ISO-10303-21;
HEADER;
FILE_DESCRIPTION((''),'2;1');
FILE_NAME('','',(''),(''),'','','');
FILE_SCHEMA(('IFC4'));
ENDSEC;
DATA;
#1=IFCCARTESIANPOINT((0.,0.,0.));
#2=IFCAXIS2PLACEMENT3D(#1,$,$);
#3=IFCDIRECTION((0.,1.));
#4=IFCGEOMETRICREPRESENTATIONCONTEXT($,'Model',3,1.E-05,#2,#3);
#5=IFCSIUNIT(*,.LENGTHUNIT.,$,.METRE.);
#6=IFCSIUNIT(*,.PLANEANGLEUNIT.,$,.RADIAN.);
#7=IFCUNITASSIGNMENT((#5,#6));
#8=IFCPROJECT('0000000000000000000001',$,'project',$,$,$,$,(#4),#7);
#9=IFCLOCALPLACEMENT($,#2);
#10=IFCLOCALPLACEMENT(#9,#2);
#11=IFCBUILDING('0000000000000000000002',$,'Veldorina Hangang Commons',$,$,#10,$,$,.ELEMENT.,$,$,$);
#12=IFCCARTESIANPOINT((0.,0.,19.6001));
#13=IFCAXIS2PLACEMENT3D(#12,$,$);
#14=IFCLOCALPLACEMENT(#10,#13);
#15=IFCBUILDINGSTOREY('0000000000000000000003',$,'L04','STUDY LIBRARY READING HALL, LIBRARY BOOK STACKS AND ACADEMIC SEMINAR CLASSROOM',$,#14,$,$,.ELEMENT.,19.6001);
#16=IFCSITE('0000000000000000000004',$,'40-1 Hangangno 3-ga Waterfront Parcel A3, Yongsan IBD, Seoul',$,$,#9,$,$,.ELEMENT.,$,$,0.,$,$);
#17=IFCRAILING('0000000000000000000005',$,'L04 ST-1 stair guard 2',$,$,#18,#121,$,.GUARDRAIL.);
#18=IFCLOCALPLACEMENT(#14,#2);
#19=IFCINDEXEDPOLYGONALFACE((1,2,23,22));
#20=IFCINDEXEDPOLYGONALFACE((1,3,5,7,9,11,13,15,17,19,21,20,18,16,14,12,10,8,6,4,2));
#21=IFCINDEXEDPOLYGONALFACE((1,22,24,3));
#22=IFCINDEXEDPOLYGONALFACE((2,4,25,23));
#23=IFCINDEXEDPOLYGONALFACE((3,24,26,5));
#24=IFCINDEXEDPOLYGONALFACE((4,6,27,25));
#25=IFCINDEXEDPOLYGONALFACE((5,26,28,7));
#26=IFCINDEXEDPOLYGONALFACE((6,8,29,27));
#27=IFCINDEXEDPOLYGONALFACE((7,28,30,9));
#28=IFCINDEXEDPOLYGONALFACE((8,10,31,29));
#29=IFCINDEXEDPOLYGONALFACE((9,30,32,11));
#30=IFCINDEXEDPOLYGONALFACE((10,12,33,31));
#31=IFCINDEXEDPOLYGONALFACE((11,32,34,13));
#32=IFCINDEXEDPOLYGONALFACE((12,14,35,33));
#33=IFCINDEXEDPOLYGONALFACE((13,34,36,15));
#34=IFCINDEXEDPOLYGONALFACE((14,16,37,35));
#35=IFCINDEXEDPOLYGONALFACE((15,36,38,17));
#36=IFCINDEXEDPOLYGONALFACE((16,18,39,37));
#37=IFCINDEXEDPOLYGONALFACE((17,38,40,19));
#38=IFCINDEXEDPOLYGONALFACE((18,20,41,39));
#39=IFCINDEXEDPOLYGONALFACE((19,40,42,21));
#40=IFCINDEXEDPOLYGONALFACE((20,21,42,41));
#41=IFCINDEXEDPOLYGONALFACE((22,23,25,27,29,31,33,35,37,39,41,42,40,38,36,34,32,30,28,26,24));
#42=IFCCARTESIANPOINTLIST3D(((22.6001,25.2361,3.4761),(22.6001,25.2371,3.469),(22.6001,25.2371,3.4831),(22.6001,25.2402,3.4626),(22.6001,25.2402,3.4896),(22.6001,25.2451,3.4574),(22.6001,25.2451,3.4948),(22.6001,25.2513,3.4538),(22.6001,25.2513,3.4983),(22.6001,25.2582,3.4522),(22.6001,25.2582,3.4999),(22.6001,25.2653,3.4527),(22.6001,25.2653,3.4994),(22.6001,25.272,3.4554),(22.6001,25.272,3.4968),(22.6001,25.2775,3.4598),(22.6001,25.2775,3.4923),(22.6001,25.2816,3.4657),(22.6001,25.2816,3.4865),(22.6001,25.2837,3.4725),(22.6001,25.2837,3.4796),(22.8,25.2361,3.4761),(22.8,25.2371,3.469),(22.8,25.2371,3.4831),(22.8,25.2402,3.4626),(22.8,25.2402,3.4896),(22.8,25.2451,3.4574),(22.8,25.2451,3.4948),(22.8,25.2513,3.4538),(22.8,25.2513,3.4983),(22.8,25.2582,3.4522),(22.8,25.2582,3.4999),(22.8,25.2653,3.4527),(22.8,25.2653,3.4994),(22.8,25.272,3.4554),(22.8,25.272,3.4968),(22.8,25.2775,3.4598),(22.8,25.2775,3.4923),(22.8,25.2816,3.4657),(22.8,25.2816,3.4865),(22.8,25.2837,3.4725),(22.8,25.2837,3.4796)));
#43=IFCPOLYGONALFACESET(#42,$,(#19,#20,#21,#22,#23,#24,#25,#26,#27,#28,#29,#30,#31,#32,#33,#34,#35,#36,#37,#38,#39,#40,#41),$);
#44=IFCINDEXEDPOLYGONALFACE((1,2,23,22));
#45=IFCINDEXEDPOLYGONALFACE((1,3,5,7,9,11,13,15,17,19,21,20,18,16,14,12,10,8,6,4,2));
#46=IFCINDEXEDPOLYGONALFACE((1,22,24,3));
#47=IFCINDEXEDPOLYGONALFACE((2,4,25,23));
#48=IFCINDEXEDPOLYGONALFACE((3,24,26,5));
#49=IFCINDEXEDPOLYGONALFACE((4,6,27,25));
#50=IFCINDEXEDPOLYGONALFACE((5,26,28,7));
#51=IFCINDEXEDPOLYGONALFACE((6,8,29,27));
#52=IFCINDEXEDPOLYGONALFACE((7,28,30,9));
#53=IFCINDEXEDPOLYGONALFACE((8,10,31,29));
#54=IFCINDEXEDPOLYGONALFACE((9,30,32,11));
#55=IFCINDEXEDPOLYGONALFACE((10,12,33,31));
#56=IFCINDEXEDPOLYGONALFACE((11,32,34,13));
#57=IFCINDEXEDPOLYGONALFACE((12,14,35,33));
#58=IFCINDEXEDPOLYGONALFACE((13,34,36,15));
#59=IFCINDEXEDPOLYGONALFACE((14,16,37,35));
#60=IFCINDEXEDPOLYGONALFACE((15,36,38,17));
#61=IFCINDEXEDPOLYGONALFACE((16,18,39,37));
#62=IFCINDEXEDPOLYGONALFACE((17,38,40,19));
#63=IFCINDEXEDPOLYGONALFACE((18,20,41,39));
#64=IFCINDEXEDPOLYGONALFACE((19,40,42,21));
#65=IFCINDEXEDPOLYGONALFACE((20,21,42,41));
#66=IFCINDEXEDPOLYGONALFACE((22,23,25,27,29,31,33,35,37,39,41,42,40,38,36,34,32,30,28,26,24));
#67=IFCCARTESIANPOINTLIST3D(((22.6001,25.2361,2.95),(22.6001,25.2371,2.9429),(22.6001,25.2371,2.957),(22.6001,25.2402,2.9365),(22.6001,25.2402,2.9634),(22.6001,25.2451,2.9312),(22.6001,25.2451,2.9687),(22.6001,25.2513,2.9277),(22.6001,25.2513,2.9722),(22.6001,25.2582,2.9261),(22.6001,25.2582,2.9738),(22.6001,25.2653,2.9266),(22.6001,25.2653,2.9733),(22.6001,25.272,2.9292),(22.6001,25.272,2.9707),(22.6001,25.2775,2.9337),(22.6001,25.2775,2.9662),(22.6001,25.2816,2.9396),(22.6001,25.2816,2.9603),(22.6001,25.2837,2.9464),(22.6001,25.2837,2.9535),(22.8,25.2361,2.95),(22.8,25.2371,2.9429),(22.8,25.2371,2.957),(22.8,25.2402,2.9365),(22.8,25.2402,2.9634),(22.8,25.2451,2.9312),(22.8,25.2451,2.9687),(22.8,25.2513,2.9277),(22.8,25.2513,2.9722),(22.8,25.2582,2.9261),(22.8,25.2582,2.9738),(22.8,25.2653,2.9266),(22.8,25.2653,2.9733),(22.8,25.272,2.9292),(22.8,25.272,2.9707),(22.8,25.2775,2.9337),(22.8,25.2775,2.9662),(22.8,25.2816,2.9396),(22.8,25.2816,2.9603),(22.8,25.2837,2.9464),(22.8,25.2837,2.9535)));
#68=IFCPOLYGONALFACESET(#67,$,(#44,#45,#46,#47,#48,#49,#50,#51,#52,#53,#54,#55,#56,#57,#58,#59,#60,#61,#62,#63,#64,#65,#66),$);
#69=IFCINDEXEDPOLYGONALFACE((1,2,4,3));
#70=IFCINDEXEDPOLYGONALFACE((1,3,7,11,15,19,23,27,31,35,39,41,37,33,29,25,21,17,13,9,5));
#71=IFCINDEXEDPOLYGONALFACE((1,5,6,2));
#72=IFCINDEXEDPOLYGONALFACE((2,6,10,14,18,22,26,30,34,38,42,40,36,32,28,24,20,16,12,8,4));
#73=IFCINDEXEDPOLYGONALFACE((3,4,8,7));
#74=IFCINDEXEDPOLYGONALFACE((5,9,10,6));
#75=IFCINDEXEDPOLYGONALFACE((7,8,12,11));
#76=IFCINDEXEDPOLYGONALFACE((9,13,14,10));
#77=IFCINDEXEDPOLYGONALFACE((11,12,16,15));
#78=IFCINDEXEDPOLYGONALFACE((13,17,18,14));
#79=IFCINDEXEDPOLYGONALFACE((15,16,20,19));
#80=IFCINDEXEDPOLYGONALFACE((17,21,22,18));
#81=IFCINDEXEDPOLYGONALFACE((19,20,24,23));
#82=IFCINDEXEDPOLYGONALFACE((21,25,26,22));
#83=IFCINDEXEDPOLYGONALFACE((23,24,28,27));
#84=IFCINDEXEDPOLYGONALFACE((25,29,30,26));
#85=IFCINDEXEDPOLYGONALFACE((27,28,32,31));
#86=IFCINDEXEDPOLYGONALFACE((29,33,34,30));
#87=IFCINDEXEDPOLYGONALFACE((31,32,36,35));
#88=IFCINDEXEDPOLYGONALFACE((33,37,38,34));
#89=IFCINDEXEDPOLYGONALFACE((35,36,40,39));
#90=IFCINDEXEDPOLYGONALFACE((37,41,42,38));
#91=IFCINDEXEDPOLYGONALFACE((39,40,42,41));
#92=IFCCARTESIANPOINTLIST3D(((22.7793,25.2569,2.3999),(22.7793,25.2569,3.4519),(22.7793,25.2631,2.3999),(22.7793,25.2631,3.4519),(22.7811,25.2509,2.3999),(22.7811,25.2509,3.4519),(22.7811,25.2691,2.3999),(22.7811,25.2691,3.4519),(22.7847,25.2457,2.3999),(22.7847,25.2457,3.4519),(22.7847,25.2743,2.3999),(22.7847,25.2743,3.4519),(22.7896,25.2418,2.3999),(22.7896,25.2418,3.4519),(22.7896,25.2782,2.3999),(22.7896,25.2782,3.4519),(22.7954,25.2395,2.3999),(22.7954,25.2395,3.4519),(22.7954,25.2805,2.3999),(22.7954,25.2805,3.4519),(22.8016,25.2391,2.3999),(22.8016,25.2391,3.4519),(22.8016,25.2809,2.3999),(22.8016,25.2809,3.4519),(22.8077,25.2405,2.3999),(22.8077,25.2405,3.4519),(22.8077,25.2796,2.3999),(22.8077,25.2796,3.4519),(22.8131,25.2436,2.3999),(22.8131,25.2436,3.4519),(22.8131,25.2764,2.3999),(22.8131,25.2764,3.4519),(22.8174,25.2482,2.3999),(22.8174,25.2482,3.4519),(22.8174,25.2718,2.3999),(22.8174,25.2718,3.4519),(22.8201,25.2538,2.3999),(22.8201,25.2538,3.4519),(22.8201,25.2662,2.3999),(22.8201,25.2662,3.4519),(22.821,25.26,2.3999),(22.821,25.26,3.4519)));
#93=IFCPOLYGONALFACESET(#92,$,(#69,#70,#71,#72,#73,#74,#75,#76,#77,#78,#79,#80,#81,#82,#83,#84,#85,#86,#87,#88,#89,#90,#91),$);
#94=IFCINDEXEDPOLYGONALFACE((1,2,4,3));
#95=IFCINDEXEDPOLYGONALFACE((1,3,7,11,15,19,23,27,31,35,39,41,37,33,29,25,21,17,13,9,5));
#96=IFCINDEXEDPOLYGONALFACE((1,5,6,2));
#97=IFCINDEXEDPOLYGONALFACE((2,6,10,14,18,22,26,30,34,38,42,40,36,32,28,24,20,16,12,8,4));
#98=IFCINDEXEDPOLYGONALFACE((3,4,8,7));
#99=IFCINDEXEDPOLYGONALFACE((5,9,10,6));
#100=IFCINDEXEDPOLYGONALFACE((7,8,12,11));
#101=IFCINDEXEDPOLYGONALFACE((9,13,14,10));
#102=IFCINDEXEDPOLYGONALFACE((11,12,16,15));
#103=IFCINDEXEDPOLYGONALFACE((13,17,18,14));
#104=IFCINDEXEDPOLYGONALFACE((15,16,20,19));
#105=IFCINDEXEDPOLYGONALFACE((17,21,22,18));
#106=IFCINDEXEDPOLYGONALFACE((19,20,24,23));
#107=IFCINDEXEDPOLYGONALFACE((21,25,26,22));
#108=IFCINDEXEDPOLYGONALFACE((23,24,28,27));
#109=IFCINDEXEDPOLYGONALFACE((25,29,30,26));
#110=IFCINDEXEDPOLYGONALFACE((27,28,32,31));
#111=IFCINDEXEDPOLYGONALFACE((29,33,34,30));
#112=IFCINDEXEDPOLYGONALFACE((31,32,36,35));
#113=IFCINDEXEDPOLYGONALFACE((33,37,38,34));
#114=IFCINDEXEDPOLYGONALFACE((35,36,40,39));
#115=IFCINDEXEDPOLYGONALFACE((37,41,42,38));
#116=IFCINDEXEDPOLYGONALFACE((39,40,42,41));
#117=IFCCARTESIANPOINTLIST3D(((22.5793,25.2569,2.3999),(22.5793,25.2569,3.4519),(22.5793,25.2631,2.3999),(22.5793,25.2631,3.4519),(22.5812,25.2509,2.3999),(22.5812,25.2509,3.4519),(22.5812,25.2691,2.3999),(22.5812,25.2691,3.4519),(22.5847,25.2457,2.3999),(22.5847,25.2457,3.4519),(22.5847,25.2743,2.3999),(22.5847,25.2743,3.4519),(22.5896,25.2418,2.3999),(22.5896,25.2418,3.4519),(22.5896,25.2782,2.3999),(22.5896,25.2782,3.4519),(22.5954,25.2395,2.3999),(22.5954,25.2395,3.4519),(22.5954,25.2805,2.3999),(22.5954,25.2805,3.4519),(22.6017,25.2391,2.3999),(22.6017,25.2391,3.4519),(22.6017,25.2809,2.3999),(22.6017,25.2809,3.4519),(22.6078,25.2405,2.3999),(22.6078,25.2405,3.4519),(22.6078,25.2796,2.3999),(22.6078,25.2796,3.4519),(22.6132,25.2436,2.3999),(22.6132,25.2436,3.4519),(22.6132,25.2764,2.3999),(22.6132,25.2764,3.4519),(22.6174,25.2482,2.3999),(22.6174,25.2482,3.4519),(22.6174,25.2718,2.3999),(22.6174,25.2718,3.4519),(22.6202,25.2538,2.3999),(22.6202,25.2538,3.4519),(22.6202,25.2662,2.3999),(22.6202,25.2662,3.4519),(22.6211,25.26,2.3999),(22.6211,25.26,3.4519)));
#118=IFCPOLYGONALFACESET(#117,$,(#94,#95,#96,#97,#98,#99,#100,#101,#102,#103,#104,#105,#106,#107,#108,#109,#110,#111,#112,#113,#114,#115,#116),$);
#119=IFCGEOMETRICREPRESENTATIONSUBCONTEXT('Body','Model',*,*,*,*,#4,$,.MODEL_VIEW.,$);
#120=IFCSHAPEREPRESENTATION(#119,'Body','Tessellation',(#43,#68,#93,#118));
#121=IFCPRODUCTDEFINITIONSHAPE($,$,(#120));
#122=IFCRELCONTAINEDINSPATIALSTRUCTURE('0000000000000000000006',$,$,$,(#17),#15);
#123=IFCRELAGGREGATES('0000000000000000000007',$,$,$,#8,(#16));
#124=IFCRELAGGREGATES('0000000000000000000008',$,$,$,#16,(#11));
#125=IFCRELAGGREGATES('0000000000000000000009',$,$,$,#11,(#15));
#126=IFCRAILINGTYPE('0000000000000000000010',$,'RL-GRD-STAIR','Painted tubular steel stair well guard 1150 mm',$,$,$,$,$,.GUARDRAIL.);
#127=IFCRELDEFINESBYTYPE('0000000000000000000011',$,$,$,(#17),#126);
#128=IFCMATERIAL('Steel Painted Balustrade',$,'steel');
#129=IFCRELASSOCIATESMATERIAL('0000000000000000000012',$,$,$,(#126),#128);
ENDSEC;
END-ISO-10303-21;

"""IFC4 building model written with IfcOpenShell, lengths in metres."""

from ifc_helpers import new_model, si_unit, direction, frame, origin, origin_2d, place, context, subcontext, project, spatial, circle, extrude, material, type_object, element, save


model = new_model("IFC4")

# Units and contexts
model_context = context("Model", 3, precision=1e-05, world=origin(), true_north=direction((0.0, 1.0)))
body_context = subcontext(model_context, "Body", "Model", "MODEL_VIEW")
ifc_project = project(units=[si_unit("LENGTHUNIT", "METRE"), si_unit("PLANEANGLEUNIT", "RADIAN")], contexts=[model_context])

# Site, building, storey
site_placement = place(None, origin())
site = spatial("IfcSite", under=ifc_project, at=site_placement, Name="40-1 Hangangno 3-ga Waterfront Parcel A3, Yongsan IBD, Seoul", CompositionType="ELEMENT", RefElevation=0.0)
building_placement = place(site_placement, origin())
building = spatial("IfcBuilding", under=site, at=building_placement, Name="Veldorina Hangang Commons", CompositionType="ELEMENT")
storey_placement = place(building_placement, frame((0.0, 0.0, 19.6001)))
storey = spatial("IfcBuildingStorey", under=building, at=storey_placement, Name="L04", Description="STUDY LIBRARY READING HALL, LIBRARY BOOK STACKS AND ACADEMIC SEMINAR CLASSROOM", CompositionType="ELEMENT", Elevation=19.6001)

# Railing
ifc_material_1 = material(Name="Steel Painted Balustrade", Category="steel")
railing_type_1 = type_object("IfcRailingType", Name="RL-GRD-STAIR", Description="Painted tubular steel stair well guard 1150 mm", PredefinedType="GUARDRAIL", material=ifc_material_1)
railing_1_placement = place(storey_placement, frame((22.8, 25.26, 2.3999)))
element("IfcRailing", 1, at=railing_1_placement, inside=storey, type_object=railing_type_1, Name="L04 ST-1 stair guard 2", PredefinedType="GUARDRAIL", context=body_context, shape_type="SweptSolid", body=[
    extrude(circle(Radius=0.0239, at=origin_2d()), frame((0.0, 0.0, 1.0762), z_axis=(-1.0, 0.0, 0.0), x_axis=(0.0, -1.0, 0.0)), (0.0, 0.0, 1.0), 0.2),
    extrude(circle(Radius=0.0239, at=origin_2d()), frame((0.0, 0.0, 0.55), z_axis=(-1.0, 0.0, 0.0), x_axis=(0.0, -1.0, 0.0)), (0.0, 0.0, 1.0), 0.2),
    extrude(circle(Radius=0.021, at=origin_2d()), origin(), (0.0, 0.0, 1.0), 1.052),
    extrude(circle(Radius=0.021, at=origin_2d()), frame((-0.2, 0.0, 0.0)), (0.0, 0.0, 1.0), 1.052),
])

save(model, "model.ifc")
